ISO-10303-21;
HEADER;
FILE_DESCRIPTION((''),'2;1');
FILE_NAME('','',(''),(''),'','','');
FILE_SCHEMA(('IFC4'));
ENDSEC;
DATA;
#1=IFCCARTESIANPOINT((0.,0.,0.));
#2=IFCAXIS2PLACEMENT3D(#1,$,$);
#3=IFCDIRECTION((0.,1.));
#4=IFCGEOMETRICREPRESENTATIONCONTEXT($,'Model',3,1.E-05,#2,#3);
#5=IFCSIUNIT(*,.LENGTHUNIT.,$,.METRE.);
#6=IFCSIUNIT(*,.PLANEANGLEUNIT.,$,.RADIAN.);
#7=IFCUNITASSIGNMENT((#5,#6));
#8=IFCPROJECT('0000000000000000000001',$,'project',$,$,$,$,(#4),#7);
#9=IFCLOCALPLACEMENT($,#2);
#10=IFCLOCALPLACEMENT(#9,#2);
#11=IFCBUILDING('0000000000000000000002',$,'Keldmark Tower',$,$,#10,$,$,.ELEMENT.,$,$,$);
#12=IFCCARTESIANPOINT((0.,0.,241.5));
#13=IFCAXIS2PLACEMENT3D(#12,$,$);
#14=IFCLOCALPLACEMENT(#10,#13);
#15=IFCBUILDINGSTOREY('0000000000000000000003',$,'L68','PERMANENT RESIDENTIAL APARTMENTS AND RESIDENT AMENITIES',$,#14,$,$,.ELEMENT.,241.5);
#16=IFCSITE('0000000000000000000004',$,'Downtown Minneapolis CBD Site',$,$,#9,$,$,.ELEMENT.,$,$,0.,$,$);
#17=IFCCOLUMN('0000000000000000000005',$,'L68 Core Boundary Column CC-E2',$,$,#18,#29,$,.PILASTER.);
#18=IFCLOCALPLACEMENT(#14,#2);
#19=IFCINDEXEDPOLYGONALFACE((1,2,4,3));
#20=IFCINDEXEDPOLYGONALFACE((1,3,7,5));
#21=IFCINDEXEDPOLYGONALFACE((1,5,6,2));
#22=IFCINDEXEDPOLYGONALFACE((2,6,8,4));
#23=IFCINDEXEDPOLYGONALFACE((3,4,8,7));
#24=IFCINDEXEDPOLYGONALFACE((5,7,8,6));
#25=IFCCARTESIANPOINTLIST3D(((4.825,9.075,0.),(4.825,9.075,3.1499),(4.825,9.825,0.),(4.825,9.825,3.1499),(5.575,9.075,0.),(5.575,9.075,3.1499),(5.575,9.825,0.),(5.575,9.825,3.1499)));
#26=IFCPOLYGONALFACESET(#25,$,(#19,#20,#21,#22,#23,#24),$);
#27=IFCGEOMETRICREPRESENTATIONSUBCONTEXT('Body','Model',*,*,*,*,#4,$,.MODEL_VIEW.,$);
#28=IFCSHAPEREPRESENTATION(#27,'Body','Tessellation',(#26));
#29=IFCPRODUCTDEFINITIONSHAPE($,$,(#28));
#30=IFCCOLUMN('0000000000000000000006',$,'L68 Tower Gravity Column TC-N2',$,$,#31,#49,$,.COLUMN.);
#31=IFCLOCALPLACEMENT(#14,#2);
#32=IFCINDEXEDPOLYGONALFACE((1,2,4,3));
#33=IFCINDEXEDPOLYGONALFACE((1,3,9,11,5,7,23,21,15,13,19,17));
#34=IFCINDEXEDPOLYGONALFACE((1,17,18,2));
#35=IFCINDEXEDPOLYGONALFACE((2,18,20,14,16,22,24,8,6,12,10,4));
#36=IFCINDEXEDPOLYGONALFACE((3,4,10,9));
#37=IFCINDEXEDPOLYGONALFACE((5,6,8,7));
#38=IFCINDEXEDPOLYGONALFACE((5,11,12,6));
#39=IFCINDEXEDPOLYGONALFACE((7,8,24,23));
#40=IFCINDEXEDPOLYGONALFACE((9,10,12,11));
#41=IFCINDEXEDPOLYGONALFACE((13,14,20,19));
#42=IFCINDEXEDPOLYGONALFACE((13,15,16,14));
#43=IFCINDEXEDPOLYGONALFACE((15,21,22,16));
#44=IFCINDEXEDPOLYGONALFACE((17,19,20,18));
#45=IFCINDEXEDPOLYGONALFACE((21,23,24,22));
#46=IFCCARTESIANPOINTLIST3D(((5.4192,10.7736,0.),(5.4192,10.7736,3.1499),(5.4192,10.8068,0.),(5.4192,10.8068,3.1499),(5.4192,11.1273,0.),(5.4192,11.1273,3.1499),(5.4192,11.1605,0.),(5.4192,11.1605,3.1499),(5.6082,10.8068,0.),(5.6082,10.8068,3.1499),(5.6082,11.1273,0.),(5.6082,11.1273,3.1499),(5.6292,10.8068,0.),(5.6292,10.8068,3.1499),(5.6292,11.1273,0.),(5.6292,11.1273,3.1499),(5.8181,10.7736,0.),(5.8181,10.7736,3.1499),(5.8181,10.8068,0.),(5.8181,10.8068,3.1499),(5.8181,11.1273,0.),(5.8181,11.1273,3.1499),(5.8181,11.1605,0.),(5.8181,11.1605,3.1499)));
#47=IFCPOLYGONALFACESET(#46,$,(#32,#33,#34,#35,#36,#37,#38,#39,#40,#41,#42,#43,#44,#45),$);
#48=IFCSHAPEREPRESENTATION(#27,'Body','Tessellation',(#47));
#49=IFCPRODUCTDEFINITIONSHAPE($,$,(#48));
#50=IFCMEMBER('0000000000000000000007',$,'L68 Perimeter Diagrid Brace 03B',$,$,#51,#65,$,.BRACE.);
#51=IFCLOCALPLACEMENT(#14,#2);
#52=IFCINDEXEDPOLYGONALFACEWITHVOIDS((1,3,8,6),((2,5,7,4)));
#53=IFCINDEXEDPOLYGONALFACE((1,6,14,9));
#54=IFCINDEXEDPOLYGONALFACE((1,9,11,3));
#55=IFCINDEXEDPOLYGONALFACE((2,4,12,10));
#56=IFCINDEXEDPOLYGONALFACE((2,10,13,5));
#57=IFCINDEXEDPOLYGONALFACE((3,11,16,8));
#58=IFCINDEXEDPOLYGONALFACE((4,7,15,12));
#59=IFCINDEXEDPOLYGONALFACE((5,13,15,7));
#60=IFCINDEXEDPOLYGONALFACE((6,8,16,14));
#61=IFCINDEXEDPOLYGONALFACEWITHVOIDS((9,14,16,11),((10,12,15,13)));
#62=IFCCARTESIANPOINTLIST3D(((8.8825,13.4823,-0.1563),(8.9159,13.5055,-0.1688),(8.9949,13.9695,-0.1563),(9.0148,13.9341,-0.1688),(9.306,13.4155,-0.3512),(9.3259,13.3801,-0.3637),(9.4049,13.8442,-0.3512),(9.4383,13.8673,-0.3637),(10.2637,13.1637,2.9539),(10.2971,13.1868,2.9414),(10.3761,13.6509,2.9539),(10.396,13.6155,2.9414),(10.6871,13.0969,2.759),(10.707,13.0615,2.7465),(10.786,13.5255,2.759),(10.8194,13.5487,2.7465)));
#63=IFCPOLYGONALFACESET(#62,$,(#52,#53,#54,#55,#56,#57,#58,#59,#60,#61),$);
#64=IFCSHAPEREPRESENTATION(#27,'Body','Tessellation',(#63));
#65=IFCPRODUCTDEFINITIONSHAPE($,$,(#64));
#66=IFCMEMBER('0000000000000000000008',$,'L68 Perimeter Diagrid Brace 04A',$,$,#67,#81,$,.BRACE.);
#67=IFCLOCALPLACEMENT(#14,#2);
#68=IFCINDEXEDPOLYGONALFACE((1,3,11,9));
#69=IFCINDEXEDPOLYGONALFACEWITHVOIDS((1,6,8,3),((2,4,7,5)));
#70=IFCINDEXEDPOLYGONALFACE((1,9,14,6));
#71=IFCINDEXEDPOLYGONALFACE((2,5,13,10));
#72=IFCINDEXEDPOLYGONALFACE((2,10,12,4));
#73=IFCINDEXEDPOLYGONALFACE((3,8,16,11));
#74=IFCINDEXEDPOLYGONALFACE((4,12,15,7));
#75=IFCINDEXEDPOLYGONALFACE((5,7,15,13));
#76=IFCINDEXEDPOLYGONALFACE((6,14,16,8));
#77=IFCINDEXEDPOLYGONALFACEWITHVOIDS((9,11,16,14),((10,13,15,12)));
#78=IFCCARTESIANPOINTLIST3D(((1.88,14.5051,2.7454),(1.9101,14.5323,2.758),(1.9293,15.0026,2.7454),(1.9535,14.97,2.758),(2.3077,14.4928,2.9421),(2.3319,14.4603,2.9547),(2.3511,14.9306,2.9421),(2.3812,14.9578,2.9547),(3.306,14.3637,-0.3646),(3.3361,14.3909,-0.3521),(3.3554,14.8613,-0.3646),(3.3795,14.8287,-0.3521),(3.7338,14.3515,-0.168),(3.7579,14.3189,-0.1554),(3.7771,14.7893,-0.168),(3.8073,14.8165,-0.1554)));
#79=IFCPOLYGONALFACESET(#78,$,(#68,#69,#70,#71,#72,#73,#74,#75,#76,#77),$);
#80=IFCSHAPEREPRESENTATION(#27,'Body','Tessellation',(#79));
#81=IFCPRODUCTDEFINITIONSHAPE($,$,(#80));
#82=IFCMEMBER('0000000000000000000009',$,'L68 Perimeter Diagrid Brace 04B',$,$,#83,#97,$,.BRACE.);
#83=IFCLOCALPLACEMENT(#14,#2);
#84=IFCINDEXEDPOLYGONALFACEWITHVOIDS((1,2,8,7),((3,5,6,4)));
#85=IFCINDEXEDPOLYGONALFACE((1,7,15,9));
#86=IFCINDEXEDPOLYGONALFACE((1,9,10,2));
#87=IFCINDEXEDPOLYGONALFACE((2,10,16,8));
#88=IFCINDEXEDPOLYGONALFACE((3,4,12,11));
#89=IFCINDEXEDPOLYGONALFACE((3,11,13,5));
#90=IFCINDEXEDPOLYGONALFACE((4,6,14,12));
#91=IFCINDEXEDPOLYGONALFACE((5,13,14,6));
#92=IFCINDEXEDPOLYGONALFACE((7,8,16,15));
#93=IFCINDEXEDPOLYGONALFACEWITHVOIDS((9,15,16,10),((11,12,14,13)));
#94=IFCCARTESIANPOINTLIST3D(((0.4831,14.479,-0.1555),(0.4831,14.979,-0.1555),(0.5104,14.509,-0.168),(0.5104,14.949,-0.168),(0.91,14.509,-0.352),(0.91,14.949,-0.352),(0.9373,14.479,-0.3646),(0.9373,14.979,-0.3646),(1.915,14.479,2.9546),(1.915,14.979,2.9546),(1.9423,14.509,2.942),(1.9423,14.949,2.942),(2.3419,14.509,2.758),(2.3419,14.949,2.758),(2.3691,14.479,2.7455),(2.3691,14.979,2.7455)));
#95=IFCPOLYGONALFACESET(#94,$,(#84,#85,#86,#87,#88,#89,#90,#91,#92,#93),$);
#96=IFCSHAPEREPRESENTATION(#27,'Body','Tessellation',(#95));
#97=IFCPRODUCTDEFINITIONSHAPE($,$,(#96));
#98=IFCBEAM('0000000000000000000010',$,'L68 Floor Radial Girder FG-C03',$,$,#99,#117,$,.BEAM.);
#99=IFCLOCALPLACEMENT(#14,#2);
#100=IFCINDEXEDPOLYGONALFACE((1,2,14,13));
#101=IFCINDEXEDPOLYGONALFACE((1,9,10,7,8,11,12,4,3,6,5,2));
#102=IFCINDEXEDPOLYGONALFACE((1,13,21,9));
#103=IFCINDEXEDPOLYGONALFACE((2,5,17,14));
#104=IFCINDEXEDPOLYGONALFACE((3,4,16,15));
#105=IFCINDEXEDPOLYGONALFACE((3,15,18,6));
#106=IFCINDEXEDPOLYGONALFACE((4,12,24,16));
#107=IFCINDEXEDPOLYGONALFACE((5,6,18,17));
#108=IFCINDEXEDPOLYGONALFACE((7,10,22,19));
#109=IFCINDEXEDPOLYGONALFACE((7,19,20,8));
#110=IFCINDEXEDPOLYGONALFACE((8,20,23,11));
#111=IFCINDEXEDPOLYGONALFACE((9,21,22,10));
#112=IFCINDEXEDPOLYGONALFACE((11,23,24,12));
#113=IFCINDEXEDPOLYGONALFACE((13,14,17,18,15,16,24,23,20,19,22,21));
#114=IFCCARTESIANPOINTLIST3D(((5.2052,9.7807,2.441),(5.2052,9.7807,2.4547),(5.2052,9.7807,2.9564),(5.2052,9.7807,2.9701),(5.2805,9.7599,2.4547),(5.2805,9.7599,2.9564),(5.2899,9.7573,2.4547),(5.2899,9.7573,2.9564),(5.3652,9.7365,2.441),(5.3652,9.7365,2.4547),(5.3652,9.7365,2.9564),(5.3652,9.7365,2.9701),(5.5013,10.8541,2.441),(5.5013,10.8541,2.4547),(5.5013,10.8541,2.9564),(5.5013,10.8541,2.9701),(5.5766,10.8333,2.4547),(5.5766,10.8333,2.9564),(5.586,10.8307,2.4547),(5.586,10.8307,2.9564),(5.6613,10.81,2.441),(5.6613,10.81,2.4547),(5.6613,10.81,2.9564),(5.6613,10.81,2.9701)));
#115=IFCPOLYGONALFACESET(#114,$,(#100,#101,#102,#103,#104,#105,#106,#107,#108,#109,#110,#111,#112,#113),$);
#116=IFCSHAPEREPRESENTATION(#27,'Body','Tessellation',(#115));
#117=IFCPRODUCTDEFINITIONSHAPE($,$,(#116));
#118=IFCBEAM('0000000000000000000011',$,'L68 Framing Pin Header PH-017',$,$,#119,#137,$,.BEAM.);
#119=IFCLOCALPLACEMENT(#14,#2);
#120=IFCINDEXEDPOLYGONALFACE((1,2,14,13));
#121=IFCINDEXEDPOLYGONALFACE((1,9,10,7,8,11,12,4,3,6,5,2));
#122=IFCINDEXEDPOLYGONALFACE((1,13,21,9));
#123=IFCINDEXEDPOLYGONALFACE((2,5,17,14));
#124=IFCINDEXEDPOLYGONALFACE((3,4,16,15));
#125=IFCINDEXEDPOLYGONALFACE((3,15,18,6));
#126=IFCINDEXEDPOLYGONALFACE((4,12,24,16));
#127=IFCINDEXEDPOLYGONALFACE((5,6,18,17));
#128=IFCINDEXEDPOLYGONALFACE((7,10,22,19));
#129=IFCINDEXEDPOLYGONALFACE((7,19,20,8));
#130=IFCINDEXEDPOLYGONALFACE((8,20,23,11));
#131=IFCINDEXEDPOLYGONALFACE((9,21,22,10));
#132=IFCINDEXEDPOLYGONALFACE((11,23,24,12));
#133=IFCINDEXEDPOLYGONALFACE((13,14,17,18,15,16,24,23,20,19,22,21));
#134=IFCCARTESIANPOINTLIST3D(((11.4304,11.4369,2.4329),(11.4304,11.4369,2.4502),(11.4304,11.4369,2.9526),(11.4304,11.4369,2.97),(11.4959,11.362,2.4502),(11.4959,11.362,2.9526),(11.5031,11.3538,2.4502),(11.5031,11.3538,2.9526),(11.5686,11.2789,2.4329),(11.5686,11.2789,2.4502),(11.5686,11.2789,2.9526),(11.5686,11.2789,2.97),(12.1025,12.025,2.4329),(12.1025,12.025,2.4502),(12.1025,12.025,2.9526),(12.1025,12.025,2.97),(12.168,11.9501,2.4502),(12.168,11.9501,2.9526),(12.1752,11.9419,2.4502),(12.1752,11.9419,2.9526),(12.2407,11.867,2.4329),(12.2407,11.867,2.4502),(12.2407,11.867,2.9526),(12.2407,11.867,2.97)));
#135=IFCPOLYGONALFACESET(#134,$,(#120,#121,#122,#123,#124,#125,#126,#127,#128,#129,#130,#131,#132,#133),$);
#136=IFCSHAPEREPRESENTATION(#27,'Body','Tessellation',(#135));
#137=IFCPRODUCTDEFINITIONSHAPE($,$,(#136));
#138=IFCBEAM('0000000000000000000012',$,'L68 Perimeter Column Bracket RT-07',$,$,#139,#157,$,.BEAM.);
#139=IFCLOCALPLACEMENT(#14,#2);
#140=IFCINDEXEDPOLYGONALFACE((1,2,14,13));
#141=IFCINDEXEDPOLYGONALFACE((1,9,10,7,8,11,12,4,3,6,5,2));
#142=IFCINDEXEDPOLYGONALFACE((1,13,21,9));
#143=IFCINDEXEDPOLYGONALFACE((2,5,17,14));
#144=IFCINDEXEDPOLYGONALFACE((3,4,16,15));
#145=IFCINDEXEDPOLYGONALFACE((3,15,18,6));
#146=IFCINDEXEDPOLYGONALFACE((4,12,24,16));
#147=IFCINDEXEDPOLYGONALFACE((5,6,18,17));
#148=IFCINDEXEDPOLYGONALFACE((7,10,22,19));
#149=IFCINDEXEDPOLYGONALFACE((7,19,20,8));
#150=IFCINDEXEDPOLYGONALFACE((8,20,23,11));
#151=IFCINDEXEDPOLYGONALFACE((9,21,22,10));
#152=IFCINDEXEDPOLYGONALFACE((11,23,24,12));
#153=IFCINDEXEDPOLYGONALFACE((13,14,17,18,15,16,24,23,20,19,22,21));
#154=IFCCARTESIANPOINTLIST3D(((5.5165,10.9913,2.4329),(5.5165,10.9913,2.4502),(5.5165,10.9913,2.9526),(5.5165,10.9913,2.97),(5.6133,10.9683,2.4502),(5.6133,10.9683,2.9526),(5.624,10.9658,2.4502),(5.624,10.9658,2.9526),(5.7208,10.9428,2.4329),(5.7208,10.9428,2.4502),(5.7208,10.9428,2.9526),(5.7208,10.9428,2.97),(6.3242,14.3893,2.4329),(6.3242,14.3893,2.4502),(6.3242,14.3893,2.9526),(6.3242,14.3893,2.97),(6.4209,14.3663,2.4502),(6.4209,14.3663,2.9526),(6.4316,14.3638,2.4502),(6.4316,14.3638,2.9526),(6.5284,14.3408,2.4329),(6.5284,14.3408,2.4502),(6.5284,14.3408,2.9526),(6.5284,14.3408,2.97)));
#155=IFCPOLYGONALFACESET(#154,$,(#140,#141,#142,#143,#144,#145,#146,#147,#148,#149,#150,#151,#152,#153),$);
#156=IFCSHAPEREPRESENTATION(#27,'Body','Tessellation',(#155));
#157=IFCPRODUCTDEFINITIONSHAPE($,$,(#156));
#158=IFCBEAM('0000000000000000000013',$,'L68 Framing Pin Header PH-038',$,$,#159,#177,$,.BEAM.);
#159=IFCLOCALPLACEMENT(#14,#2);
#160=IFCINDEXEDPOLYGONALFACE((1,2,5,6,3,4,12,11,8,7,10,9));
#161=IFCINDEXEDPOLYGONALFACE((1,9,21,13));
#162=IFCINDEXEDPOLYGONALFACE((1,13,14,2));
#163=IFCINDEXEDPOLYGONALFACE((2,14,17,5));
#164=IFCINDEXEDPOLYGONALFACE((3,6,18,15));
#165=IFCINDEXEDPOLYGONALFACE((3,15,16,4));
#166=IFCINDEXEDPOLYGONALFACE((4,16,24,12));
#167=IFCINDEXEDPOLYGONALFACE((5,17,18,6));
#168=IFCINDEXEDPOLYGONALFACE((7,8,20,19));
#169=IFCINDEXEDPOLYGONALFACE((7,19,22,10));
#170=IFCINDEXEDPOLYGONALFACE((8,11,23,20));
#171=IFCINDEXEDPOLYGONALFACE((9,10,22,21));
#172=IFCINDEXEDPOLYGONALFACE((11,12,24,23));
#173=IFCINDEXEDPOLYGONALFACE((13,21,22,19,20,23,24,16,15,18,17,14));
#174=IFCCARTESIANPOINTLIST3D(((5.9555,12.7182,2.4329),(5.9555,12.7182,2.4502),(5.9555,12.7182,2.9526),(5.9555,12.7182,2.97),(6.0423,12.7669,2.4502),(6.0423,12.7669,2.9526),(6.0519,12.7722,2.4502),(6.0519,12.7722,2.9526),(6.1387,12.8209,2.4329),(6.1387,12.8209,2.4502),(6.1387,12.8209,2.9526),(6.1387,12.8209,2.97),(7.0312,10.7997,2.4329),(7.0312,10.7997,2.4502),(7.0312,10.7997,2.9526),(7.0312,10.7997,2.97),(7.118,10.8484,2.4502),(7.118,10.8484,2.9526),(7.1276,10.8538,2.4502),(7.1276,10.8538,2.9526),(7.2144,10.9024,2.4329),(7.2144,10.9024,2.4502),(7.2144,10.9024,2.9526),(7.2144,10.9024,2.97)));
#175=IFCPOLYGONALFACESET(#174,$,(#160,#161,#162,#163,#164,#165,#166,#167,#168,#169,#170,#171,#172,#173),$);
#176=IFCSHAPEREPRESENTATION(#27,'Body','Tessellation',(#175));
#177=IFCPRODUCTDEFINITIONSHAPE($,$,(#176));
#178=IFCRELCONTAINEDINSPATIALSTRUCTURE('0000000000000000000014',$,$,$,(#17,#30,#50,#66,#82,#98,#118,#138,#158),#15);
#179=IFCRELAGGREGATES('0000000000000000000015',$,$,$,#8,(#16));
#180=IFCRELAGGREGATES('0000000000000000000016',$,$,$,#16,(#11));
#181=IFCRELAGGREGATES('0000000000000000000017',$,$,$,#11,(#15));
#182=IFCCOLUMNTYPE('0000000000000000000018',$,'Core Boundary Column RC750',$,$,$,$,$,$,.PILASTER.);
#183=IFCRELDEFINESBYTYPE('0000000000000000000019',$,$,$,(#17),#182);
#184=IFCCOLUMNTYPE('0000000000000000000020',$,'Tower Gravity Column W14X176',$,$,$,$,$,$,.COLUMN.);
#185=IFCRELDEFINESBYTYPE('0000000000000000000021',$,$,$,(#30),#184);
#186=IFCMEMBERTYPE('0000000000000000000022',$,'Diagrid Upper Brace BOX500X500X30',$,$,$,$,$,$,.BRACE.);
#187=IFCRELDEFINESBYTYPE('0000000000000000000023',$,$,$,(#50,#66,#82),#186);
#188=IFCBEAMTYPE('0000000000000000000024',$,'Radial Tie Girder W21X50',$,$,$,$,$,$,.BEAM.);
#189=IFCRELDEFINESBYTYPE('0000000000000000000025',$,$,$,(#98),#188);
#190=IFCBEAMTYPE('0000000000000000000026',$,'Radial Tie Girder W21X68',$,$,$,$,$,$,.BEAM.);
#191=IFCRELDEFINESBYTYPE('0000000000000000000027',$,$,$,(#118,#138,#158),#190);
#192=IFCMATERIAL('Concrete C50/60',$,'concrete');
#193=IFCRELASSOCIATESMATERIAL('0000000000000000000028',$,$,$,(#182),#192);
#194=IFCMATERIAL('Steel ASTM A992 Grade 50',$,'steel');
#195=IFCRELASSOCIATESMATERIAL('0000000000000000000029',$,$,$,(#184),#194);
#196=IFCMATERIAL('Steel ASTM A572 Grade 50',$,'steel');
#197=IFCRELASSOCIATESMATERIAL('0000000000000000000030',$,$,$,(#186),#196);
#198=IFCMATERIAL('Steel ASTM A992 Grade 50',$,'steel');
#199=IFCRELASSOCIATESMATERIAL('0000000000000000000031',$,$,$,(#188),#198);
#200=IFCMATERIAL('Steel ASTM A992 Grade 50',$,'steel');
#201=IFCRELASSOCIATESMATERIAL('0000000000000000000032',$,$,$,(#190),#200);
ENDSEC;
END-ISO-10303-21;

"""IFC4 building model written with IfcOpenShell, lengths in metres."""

from ifc_helpers import new_model, si_unit, direction, frame, origin, origin_2d, place, context, subcontext, project, spatial, rectangle, hollow_rectangle, i_section, extrude, material, material_profile, profile_set, type_object, element, save


model = new_model("IFC4")

# Units and contexts
model_context = context("Model", 3, precision=1e-05, world=origin(), true_north=direction((0.0, 1.0)))
body_context = subcontext(model_context, "Body", "Model", "MODEL_VIEW")
ifc_project = project(units=[si_unit("LENGTHUNIT", "METRE"), si_unit("PLANEANGLEUNIT", "RADIAN")], contexts=[model_context])

# Site, building, storey
site_placement = place(None, origin())
site = spatial("IfcSite", under=ifc_project, at=site_placement, Name="Downtown Minneapolis CBD Site", CompositionType="ELEMENT", RefElevation=0.0)
building_placement = place(site_placement, origin())
building = spatial("IfcBuilding", under=site, at=building_placement, Name="Keldmark Tower", CompositionType="ELEMENT")
storey_placement = place(building_placement, frame((0.0, 0.0, 241.5)))
storey = spatial("IfcBuildingStorey", under=building, at=storey_placement, Name="L68", Description="PERMANENT RESIDENTIAL APARTMENTS AND RESIDENT AMENITIES", CompositionType="ELEMENT", Elevation=241.5)

# Columns
ifc_material_1 = material(Name="Concrete C50/60", Category="concrete")
ifc_material_profile_1 = material_profile(ifc_material_1, rectangle(XDim=0.75, YDim=0.75, at=origin_2d()), Name="RC750X750")
ifc_profile_set_1 = profile_set([ifc_material_profile_1], Name="Concrete C50/60")
column_type_1 = type_object("IfcColumnType", Name="Core Boundary Column RC750", PredefinedType="PILASTER", material=ifc_profile_set_1)
column_1_placement = place(storey_placement, frame((5.2, 9.45, 0.0), z_axis=(0.0, 0.0, 1.0), x_axis=(1.0, 0.0, 0.0)))
element("IfcColumn", 1, at=column_1_placement, inside=storey, type_object=column_type_1, Name="L68 Core Boundary Column CC-E2", PredefinedType="PILASTER", context=body_context, shape_type="SweptSolid", body=[
    extrude(rectangle(XDim=0.75, YDim=0.75, at=origin_2d()), origin(), (0.0, 0.0, 1.0), 3.1499),
])
ifc_material_2 = material(Name="Steel ASTM A992 Grade 50", Category="steel")
ifc_material_profile_2 = material_profile(ifc_material_2, i_section(OverallWidth=0.3989, OverallDepth=0.387, WebThickness=0.021, FlangeThickness=0.0332, at=origin_2d()), Name="W14X176")
ifc_profile_set_2 = profile_set([ifc_material_profile_2], Name="Steel ASTM A992 Grade 50")
column_type_2 = type_object("IfcColumnType", Name="Tower Gravity Column W14X176", PredefinedType="COLUMN", material=ifc_profile_set_2)
column_2_placement = place(storey_placement, frame((5.6187, 10.967, 0.0), z_axis=(0.0, 0.0, 1.0), x_axis=(1.0, 0.0, 0.0)))
element("IfcColumn", 2, at=column_2_placement, inside=storey, type_object=column_type_2, Name="L68 Tower Gravity Column TC-N2", PredefinedType="COLUMN", context=body_context, shape_type="SweptSolid", body=[
    extrude(i_section(OverallWidth=0.3989, OverallDepth=0.387, WebThickness=0.021, FlangeThickness=0.0332, at=origin_2d()), origin(), (0.0, 0.0, 1.0), 3.1499),
])

# Members
ifc_material_3 = material(Name="Steel ASTM A572 Grade 50", Category="steel")
ifc_material_profile_3 = material_profile(ifc_material_3, hollow_rectangle(XDim=0.5, YDim=0.5, WallThickness=0.03, at=origin_2d()), Name="BOX500X500X30")
ifc_profile_set_3 = profile_set([ifc_material_profile_3], Name="Steel ASTM A572 Grade 50")
member_type = type_object("IfcMemberType", Name="Diagrid Upper Brace BOX500X500X30", PredefinedType="BRACE", material=ifc_profile_set_3)
member_1_placement = place(storey_placement, frame((9.1604, 13.6748, -0.26), z_axis=(0.404085, -0.093217, 0.909959), x_axis=(0.224784, 0.974409, 0.0)))
element("IfcMember", 3, at=member_1_placement, inside=storey, type_object=member_type, Name="L68 Perimeter Diagrid Brace 03B", PredefinedType="BRACE", context=body_context, shape_type="SweptSolid", body=[
    extrude(hollow_rectangle(XDim=0.5, YDim=0.5, WallThickness=0.03, at=origin_2d()), origin(), (0.0, 0.0, 1.0), 3.418),
])
member_2_placement = place(storey_placement, frame((3.5566, 14.5901, -0.26), z_axis=(-0.416435, 0.04128, 0.908228), x_axis=(-0.098643, -0.995123, 0.0)))
element("IfcMember", 4, at=member_2_placement, inside=storey, type_object=member_type, Name="L68 Perimeter Diagrid Brace 04A", PredefinedType="BRACE", context=body_context, shape_type="SweptSolid", body=[
    extrude(hollow_rectangle(XDim=0.5, YDim=0.5, WallThickness=0.03, at=origin_2d()), origin(), (0.0, 0.0, 1.0), 3.4243),
])
member_3_placement = place(storey_placement, frame((0.7102, 14.729, -0.26), z_axis=(0.418203, 0.0, 0.908353), x_axis=(0.0, 1.0, 0.0)))
element("IfcMember", 5, at=member_3_placement, inside=storey, type_object=member_type, Name="L68 Perimeter Diagrid Brace 04B", PredefinedType="BRACE", context=body_context, shape_type="SweptSolid", body=[
    extrude(hollow_rectangle(XDim=0.5, YDim=0.5, WallThickness=0.03, at=origin_2d()), origin(), (0.0, 0.0, 1.0), 3.4238),
])

# Beams
ifc_material_4 = material(Name="Steel ASTM A992 Grade 50", Category="steel")
ifc_material_profile_4 = material_profile(ifc_material_4, i_section(OverallWidth=0.166, OverallDepth=0.5291, WebThickness=0.0098, FlangeThickness=0.0137, at=origin_2d()), Name="W21X50")
ifc_profile_set_4 = profile_set([ifc_material_profile_4], Name="Steel ASTM A992 Grade 50")
beam_type_1 = type_object("IfcBeamType", Name="Radial Tie Girder W21X50", PredefinedType="BEAM", material=ifc_profile_set_4)
beam_1_placement = place(storey_placement, frame((5.5813, 10.832, 2.7056), z_axis=(-0.265936, -0.963991, 0.0), x_axis=(0.963991, -0.265936, 0.0)))
element("IfcBeam", 6, at=beam_1_placement, inside=storey, type_object=beam_type_1, Name="L68 Floor Radial Girder FG-C03", PredefinedType="BEAM", context=body_context, shape_type="SweptSolid", body=[
    extrude(i_section(OverallWidth=0.166, OverallDepth=0.5291, WebThickness=0.0098, FlangeThickness=0.0137, at=origin_2d()), origin(), (0.0, 0.0, 1.0), 1.1135),
])
ifc_material_5 = material(Name="Steel ASTM A992 Grade 50", Category="steel")
ifc_material_profile_5 = material_profile(ifc_material_5, i_section(OverallWidth=0.21, OverallDepth=0.5371, WebThickness=0.011, FlangeThickness=0.0173, at=origin_2d()), Name="W21X68")
ifc_profile_set_5 = profile_set([ifc_material_profile_5], Name="Steel ASTM A992 Grade 50")
beam_type_2 = type_object("IfcBeamType", Name="Radial Tie Girder W21X68", PredefinedType="BEAM", material=ifc_profile_set_5)
beam_2_placement = place(storey_placement, frame((11.4995, 11.3579, 2.7014), z_axis=(0.75256, 0.658524, 0.0), x_axis=(-0.658524, 0.75256, 0.0)))
element("IfcBeam", 7, at=beam_2_placement, inside=storey, type_object=beam_type_2, Name="L68 Framing Pin Header PH-017", PredefinedType="BEAM", context=body_context, shape_type="SweptSolid", body=[
    extrude(i_section(OverallWidth=0.21, OverallDepth=0.5371, WebThickness=0.011, FlangeThickness=0.0173, at=origin_2d()), origin(), (0.0, 0.0, 1.0), 0.8931),
])
beam_3_placement = place(storey_placement, frame((5.6187, 10.967, 2.7014), z_axis=(0.231236, 0.972898, 0.0), x_axis=(-0.972898, 0.231236, 0.0)))
element("IfcBeam", 8, at=beam_3_placement, inside=storey, type_object=beam_type_2, Name="L68 Perimeter Column Bracket RT-07", PredefinedType="BEAM", context=body_context, shape_type="SweptSolid", body=[
    extrude(i_section(OverallWidth=0.21, OverallDepth=0.5371, WebThickness=0.011, FlangeThickness=0.0173, at=origin_2d()), origin(), (0.0, 0.0, 1.0), 3.4927),
])
beam_4_placement = place(storey_placement, frame((7.1228, 10.8511, 2.7014), z_axis=(-0.48907, 0.872245, 0.0), x_axis=(-0.872245, -0.48907, 0.0)))
element("IfcBeam", 9, at=beam_4_placement, inside=storey, type_object=beam_type_2, Name="L68 Framing Pin Header PH-038", PredefinedType="BEAM", context=body_context, shape_type="SweptSolid", body=[
    extrude(i_section(OverallWidth=0.21, OverallDepth=0.5371, WebThickness=0.011, FlangeThickness=0.0173, at=origin_2d()), origin(), (0.0, 0.0, 1.0), 2.1995),
])

save(model, "model.ifc")
